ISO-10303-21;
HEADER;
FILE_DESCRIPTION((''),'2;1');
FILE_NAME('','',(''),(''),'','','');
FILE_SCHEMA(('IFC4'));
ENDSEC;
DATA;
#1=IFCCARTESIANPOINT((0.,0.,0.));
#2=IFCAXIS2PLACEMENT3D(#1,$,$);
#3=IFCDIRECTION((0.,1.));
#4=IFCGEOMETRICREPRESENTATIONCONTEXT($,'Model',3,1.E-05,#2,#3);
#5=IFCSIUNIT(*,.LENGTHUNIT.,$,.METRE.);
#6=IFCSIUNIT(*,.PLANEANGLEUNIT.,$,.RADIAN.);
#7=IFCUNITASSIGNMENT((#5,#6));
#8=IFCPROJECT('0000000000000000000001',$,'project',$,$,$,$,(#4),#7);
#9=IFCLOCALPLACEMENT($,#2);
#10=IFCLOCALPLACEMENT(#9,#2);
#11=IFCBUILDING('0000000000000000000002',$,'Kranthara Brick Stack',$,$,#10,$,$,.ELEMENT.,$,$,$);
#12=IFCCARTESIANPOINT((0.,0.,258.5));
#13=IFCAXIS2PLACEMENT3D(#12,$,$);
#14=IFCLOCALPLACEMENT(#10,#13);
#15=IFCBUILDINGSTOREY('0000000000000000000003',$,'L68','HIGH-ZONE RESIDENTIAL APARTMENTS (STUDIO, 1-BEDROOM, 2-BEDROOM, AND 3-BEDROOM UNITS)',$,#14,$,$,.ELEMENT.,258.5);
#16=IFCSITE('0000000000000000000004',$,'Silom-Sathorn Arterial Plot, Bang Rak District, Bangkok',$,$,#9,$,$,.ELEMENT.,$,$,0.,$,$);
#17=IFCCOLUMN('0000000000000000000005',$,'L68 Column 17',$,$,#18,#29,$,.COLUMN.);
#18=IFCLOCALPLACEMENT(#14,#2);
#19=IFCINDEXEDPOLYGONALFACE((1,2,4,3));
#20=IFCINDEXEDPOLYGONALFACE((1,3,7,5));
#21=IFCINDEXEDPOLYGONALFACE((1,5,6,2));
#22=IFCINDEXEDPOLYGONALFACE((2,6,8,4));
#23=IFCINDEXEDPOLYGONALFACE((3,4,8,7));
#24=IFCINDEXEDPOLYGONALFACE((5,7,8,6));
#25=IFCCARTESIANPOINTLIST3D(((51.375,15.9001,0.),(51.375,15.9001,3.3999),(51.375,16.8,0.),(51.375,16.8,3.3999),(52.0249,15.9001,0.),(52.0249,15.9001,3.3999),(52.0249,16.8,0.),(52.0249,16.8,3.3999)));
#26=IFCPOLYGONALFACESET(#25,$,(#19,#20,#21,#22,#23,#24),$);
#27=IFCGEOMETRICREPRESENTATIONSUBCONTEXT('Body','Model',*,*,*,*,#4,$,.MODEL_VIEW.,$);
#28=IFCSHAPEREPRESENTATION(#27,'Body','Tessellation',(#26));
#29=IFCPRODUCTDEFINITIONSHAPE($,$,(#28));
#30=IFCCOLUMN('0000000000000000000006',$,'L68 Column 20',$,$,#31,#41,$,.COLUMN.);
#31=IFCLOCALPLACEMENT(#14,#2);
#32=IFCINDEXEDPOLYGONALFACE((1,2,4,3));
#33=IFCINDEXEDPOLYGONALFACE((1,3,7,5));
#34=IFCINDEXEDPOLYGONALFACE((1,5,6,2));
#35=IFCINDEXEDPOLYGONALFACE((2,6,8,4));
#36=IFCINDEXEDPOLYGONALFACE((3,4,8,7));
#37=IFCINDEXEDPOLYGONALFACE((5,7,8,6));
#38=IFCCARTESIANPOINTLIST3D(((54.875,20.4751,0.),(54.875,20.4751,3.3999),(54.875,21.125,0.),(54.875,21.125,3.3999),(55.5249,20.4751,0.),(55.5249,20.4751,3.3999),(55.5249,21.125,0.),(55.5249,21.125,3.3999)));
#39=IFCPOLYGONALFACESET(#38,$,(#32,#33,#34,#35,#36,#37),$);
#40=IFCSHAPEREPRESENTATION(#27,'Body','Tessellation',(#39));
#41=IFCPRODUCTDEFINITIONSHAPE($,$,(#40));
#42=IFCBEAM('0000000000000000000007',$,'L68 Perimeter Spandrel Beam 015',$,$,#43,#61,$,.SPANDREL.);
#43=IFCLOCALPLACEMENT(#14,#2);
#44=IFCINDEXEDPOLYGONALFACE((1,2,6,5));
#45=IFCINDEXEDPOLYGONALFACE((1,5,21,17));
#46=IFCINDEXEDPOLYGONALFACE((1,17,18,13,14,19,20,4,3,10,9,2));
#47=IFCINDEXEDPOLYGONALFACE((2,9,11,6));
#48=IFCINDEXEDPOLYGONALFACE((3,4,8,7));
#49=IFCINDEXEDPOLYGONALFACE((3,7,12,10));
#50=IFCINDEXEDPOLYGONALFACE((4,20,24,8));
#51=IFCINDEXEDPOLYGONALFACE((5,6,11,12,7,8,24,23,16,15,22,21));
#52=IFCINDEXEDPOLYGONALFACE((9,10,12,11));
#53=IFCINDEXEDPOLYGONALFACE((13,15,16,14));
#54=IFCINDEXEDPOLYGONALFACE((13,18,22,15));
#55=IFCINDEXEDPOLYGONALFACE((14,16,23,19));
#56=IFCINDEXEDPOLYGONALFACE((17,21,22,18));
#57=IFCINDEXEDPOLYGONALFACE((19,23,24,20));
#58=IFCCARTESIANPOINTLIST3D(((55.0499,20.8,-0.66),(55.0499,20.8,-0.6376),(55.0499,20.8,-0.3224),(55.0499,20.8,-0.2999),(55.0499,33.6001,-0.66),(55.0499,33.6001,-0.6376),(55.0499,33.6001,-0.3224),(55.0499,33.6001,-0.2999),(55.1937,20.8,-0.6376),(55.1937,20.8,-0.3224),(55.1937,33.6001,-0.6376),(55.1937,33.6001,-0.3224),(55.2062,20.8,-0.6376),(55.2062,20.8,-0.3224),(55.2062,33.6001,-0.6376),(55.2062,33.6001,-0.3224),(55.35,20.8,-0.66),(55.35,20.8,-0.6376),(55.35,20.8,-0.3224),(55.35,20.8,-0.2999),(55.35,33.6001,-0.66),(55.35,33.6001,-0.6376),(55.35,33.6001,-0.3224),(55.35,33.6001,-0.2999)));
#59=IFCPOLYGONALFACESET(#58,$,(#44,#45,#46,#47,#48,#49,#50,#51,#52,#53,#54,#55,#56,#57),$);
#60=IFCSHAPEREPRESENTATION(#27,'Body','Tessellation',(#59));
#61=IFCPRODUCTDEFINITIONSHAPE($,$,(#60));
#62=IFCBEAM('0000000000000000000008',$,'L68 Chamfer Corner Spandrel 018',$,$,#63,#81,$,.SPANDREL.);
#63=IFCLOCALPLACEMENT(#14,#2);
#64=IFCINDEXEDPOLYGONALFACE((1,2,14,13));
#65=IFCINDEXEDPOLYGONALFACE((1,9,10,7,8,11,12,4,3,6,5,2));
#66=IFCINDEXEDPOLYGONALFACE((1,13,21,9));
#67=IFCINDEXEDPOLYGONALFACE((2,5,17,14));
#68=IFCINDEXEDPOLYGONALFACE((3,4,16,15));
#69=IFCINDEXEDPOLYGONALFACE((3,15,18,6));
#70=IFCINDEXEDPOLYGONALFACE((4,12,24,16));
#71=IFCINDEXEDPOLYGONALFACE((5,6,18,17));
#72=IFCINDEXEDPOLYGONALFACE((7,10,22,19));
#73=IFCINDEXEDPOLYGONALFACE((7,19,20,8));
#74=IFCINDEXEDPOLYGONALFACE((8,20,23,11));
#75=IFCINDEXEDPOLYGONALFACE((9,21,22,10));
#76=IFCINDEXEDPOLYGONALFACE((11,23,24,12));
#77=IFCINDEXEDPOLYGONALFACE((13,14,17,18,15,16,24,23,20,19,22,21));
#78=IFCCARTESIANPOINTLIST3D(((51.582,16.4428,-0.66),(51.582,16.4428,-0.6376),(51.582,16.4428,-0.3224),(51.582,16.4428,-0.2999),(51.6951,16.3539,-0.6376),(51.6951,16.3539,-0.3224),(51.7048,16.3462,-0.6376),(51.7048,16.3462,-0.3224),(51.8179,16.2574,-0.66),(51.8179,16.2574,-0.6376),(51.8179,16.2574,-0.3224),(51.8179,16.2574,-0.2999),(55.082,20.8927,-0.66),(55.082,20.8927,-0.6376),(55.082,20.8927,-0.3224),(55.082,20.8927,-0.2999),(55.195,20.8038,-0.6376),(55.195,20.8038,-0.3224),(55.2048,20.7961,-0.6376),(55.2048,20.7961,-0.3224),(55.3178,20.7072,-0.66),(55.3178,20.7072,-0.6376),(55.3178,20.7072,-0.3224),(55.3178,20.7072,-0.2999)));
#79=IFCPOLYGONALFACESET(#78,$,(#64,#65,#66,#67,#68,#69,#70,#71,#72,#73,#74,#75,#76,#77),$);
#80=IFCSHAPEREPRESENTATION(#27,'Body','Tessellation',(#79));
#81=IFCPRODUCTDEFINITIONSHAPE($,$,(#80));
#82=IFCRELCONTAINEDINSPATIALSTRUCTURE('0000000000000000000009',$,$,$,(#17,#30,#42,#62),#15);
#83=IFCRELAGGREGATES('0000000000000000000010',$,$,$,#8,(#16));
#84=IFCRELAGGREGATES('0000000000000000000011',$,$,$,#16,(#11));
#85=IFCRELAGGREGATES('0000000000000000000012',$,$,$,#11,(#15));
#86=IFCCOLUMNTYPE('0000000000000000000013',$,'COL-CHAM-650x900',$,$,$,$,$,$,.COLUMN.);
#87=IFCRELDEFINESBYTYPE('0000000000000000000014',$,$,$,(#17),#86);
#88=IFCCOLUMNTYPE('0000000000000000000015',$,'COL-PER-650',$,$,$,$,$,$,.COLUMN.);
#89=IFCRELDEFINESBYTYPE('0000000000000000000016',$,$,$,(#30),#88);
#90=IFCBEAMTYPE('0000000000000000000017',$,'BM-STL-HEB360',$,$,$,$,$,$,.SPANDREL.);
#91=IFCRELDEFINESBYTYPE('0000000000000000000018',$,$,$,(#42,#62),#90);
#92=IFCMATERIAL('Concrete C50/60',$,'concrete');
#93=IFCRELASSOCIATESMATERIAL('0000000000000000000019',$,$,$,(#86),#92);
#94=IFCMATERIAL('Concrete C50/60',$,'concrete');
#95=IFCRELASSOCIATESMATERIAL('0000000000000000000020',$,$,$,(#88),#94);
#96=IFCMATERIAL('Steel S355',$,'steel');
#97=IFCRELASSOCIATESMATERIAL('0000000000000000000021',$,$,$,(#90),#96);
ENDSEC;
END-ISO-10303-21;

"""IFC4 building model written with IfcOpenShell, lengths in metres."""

from ifc_helpers import new_model, si_unit, direction, frame, origin, origin_2d, place, context, subcontext, project, spatial, rectangle, i_section, extrude, material, material_profile, profile_set, type_object, element, save


model = new_model("IFC4")

# Units and contexts
model_context = context("Model", 3, precision=1e-05, world=origin(), true_north=direction((0.0, 1.0)))
body_context = subcontext(model_context, "Body", "Model", "MODEL_VIEW")
ifc_project = project(units=[si_unit("LENGTHUNIT", "METRE"), si_unit("PLANEANGLEUNIT", "RADIAN")], contexts=[model_context])

# Site, building, storey
site_placement = place(None, origin())
site = spatial("IfcSite", under=ifc_project, at=site_placement, Name="Silom-Sathorn Arterial Plot, Bang Rak District, Bangkok", CompositionType="ELEMENT", RefElevation=0.0)
building_placement = place(site_placement, origin())
building = spatial("IfcBuilding", under=site, at=building_placement, Name="Kranthara Brick Stack", CompositionType="ELEMENT")
storey_placement = place(building_placement, frame((0.0, 0.0, 258.5)))
storey = spatial("IfcBuildingStorey", under=building, at=storey_placement, Name="L68", Description="HIGH-ZONE RESIDENTIAL APARTMENTS (STUDIO, 1-BEDROOM, 2-BEDROOM, AND 3-BEDROOM UNITS)", CompositionType="ELEMENT", Elevation=258.5)

# Columns
ifc_material_1 = material(Name="Concrete C50/60", Category="concrete")
ifc_material_profile_1 = material_profile(ifc_material_1, rectangle(XDim=0.6499, YDim=0.8999, at=origin_2d()), Name="RC 650x900")
ifc_profile_set_1 = profile_set([ifc_material_profile_1], Name="Concrete C50/60")
column_type_1 = type_object("IfcColumnType", Name="COL-CHAM-650x900", PredefinedType="COLUMN", material=ifc_profile_set_1)
column_1_placement = place(storey_placement, frame((51.7, 16.3501, 0.0), z_axis=(0.0, 0.0, 1.0), x_axis=(1.0, 0.0, 0.0)))
element("IfcColumn", 1, at=column_1_placement, inside=storey, type_object=column_type_1, Name="L68 Column 17", PredefinedType="COLUMN", context=body_context, shape_type="SweptSolid", body=[
    extrude(rectangle(XDim=0.6499, YDim=0.8999, at=origin_2d()), origin(), (0.0, 0.0, 1.0), 3.3999),
])
ifc_material_2 = material(Name="Concrete C50/60", Category="concrete")
ifc_material_profile_2 = material_profile(ifc_material_2, rectangle(XDim=0.6499, YDim=0.6499, at=origin_2d()), Name="RC 650x650")
ifc_profile_set_2 = profile_set([ifc_material_profile_2], Name="Concrete C50/60")
column_type_2 = type_object("IfcColumnType", Name="COL-PER-650", PredefinedType="COLUMN", material=ifc_profile_set_2)
column_2_placement = place(storey_placement, frame((55.2, 20.8, 0.0), z_axis=(0.0, 0.0, 1.0), x_axis=(1.0, 0.0, 0.0)))
element("IfcColumn", 2, at=column_2_placement, inside=storey, type_object=column_type_2, Name="L68 Column 20", PredefinedType="COLUMN", context=body_context, shape_type="SweptSolid", body=[
    extrude(rectangle(XDim=0.6499, YDim=0.6499, at=origin_2d()), origin(), (0.0, 0.0, 1.0), 3.3999),
])

# Beams
ifc_material_3 = material(Name="Steel S355", Category="steel")
ifc_material_profile_3 = material_profile(ifc_material_3, i_section(OverallWidth=0.3, OverallDepth=0.3601, WebThickness=0.0125, FlangeThickness=0.0225, at=origin_2d()), Name="HEB 360")
ifc_profile_set_3 = profile_set([ifc_material_profile_3], Name="Steel S355")
beam_type = type_object("IfcBeamType", Name="BM-STL-HEB360", PredefinedType="SPANDREL", material=ifc_profile_set_3)
beam_1_placement = place(storey_placement, frame((55.2, 20.8, -0.48), z_axis=(0.0, 1.0, 0.0), x_axis=(-1.0, 0.0, 0.0)))
element("IfcBeam", 3, at=beam_1_placement, inside=storey, type_object=beam_type, Name="L68 Perimeter Spandrel Beam 015", PredefinedType="SPANDREL", context=body_context, shape_type="SweptSolid", body=[
    extrude(i_section(OverallWidth=0.3, OverallDepth=0.3601, WebThickness=0.0125, FlangeThickness=0.0225, at=origin_2d()), origin(), (0.0, 0.0, 1.0), 12.8),
])
beam_2_placement = place(storey_placement, frame((51.7, 16.3501, -0.48), z_axis=(0.618216, 0.786008, 0.0), x_axis=(-0.786008, 0.618216, 0.0)))
element("IfcBeam", 4, at=beam_2_placement, inside=storey, type_object=beam_type, Name="L68 Chamfer Corner Spandrel 018", PredefinedType="SPANDREL", context=body_context, shape_type="SweptSolid", body=[
    extrude(i_section(OverallWidth=0.3, OverallDepth=0.3601, WebThickness=0.0125, FlangeThickness=0.0225, at=origin_2d()), origin(), (0.0, 0.0, 1.0), 5.6614),
])

save(model, "model.ifc")
